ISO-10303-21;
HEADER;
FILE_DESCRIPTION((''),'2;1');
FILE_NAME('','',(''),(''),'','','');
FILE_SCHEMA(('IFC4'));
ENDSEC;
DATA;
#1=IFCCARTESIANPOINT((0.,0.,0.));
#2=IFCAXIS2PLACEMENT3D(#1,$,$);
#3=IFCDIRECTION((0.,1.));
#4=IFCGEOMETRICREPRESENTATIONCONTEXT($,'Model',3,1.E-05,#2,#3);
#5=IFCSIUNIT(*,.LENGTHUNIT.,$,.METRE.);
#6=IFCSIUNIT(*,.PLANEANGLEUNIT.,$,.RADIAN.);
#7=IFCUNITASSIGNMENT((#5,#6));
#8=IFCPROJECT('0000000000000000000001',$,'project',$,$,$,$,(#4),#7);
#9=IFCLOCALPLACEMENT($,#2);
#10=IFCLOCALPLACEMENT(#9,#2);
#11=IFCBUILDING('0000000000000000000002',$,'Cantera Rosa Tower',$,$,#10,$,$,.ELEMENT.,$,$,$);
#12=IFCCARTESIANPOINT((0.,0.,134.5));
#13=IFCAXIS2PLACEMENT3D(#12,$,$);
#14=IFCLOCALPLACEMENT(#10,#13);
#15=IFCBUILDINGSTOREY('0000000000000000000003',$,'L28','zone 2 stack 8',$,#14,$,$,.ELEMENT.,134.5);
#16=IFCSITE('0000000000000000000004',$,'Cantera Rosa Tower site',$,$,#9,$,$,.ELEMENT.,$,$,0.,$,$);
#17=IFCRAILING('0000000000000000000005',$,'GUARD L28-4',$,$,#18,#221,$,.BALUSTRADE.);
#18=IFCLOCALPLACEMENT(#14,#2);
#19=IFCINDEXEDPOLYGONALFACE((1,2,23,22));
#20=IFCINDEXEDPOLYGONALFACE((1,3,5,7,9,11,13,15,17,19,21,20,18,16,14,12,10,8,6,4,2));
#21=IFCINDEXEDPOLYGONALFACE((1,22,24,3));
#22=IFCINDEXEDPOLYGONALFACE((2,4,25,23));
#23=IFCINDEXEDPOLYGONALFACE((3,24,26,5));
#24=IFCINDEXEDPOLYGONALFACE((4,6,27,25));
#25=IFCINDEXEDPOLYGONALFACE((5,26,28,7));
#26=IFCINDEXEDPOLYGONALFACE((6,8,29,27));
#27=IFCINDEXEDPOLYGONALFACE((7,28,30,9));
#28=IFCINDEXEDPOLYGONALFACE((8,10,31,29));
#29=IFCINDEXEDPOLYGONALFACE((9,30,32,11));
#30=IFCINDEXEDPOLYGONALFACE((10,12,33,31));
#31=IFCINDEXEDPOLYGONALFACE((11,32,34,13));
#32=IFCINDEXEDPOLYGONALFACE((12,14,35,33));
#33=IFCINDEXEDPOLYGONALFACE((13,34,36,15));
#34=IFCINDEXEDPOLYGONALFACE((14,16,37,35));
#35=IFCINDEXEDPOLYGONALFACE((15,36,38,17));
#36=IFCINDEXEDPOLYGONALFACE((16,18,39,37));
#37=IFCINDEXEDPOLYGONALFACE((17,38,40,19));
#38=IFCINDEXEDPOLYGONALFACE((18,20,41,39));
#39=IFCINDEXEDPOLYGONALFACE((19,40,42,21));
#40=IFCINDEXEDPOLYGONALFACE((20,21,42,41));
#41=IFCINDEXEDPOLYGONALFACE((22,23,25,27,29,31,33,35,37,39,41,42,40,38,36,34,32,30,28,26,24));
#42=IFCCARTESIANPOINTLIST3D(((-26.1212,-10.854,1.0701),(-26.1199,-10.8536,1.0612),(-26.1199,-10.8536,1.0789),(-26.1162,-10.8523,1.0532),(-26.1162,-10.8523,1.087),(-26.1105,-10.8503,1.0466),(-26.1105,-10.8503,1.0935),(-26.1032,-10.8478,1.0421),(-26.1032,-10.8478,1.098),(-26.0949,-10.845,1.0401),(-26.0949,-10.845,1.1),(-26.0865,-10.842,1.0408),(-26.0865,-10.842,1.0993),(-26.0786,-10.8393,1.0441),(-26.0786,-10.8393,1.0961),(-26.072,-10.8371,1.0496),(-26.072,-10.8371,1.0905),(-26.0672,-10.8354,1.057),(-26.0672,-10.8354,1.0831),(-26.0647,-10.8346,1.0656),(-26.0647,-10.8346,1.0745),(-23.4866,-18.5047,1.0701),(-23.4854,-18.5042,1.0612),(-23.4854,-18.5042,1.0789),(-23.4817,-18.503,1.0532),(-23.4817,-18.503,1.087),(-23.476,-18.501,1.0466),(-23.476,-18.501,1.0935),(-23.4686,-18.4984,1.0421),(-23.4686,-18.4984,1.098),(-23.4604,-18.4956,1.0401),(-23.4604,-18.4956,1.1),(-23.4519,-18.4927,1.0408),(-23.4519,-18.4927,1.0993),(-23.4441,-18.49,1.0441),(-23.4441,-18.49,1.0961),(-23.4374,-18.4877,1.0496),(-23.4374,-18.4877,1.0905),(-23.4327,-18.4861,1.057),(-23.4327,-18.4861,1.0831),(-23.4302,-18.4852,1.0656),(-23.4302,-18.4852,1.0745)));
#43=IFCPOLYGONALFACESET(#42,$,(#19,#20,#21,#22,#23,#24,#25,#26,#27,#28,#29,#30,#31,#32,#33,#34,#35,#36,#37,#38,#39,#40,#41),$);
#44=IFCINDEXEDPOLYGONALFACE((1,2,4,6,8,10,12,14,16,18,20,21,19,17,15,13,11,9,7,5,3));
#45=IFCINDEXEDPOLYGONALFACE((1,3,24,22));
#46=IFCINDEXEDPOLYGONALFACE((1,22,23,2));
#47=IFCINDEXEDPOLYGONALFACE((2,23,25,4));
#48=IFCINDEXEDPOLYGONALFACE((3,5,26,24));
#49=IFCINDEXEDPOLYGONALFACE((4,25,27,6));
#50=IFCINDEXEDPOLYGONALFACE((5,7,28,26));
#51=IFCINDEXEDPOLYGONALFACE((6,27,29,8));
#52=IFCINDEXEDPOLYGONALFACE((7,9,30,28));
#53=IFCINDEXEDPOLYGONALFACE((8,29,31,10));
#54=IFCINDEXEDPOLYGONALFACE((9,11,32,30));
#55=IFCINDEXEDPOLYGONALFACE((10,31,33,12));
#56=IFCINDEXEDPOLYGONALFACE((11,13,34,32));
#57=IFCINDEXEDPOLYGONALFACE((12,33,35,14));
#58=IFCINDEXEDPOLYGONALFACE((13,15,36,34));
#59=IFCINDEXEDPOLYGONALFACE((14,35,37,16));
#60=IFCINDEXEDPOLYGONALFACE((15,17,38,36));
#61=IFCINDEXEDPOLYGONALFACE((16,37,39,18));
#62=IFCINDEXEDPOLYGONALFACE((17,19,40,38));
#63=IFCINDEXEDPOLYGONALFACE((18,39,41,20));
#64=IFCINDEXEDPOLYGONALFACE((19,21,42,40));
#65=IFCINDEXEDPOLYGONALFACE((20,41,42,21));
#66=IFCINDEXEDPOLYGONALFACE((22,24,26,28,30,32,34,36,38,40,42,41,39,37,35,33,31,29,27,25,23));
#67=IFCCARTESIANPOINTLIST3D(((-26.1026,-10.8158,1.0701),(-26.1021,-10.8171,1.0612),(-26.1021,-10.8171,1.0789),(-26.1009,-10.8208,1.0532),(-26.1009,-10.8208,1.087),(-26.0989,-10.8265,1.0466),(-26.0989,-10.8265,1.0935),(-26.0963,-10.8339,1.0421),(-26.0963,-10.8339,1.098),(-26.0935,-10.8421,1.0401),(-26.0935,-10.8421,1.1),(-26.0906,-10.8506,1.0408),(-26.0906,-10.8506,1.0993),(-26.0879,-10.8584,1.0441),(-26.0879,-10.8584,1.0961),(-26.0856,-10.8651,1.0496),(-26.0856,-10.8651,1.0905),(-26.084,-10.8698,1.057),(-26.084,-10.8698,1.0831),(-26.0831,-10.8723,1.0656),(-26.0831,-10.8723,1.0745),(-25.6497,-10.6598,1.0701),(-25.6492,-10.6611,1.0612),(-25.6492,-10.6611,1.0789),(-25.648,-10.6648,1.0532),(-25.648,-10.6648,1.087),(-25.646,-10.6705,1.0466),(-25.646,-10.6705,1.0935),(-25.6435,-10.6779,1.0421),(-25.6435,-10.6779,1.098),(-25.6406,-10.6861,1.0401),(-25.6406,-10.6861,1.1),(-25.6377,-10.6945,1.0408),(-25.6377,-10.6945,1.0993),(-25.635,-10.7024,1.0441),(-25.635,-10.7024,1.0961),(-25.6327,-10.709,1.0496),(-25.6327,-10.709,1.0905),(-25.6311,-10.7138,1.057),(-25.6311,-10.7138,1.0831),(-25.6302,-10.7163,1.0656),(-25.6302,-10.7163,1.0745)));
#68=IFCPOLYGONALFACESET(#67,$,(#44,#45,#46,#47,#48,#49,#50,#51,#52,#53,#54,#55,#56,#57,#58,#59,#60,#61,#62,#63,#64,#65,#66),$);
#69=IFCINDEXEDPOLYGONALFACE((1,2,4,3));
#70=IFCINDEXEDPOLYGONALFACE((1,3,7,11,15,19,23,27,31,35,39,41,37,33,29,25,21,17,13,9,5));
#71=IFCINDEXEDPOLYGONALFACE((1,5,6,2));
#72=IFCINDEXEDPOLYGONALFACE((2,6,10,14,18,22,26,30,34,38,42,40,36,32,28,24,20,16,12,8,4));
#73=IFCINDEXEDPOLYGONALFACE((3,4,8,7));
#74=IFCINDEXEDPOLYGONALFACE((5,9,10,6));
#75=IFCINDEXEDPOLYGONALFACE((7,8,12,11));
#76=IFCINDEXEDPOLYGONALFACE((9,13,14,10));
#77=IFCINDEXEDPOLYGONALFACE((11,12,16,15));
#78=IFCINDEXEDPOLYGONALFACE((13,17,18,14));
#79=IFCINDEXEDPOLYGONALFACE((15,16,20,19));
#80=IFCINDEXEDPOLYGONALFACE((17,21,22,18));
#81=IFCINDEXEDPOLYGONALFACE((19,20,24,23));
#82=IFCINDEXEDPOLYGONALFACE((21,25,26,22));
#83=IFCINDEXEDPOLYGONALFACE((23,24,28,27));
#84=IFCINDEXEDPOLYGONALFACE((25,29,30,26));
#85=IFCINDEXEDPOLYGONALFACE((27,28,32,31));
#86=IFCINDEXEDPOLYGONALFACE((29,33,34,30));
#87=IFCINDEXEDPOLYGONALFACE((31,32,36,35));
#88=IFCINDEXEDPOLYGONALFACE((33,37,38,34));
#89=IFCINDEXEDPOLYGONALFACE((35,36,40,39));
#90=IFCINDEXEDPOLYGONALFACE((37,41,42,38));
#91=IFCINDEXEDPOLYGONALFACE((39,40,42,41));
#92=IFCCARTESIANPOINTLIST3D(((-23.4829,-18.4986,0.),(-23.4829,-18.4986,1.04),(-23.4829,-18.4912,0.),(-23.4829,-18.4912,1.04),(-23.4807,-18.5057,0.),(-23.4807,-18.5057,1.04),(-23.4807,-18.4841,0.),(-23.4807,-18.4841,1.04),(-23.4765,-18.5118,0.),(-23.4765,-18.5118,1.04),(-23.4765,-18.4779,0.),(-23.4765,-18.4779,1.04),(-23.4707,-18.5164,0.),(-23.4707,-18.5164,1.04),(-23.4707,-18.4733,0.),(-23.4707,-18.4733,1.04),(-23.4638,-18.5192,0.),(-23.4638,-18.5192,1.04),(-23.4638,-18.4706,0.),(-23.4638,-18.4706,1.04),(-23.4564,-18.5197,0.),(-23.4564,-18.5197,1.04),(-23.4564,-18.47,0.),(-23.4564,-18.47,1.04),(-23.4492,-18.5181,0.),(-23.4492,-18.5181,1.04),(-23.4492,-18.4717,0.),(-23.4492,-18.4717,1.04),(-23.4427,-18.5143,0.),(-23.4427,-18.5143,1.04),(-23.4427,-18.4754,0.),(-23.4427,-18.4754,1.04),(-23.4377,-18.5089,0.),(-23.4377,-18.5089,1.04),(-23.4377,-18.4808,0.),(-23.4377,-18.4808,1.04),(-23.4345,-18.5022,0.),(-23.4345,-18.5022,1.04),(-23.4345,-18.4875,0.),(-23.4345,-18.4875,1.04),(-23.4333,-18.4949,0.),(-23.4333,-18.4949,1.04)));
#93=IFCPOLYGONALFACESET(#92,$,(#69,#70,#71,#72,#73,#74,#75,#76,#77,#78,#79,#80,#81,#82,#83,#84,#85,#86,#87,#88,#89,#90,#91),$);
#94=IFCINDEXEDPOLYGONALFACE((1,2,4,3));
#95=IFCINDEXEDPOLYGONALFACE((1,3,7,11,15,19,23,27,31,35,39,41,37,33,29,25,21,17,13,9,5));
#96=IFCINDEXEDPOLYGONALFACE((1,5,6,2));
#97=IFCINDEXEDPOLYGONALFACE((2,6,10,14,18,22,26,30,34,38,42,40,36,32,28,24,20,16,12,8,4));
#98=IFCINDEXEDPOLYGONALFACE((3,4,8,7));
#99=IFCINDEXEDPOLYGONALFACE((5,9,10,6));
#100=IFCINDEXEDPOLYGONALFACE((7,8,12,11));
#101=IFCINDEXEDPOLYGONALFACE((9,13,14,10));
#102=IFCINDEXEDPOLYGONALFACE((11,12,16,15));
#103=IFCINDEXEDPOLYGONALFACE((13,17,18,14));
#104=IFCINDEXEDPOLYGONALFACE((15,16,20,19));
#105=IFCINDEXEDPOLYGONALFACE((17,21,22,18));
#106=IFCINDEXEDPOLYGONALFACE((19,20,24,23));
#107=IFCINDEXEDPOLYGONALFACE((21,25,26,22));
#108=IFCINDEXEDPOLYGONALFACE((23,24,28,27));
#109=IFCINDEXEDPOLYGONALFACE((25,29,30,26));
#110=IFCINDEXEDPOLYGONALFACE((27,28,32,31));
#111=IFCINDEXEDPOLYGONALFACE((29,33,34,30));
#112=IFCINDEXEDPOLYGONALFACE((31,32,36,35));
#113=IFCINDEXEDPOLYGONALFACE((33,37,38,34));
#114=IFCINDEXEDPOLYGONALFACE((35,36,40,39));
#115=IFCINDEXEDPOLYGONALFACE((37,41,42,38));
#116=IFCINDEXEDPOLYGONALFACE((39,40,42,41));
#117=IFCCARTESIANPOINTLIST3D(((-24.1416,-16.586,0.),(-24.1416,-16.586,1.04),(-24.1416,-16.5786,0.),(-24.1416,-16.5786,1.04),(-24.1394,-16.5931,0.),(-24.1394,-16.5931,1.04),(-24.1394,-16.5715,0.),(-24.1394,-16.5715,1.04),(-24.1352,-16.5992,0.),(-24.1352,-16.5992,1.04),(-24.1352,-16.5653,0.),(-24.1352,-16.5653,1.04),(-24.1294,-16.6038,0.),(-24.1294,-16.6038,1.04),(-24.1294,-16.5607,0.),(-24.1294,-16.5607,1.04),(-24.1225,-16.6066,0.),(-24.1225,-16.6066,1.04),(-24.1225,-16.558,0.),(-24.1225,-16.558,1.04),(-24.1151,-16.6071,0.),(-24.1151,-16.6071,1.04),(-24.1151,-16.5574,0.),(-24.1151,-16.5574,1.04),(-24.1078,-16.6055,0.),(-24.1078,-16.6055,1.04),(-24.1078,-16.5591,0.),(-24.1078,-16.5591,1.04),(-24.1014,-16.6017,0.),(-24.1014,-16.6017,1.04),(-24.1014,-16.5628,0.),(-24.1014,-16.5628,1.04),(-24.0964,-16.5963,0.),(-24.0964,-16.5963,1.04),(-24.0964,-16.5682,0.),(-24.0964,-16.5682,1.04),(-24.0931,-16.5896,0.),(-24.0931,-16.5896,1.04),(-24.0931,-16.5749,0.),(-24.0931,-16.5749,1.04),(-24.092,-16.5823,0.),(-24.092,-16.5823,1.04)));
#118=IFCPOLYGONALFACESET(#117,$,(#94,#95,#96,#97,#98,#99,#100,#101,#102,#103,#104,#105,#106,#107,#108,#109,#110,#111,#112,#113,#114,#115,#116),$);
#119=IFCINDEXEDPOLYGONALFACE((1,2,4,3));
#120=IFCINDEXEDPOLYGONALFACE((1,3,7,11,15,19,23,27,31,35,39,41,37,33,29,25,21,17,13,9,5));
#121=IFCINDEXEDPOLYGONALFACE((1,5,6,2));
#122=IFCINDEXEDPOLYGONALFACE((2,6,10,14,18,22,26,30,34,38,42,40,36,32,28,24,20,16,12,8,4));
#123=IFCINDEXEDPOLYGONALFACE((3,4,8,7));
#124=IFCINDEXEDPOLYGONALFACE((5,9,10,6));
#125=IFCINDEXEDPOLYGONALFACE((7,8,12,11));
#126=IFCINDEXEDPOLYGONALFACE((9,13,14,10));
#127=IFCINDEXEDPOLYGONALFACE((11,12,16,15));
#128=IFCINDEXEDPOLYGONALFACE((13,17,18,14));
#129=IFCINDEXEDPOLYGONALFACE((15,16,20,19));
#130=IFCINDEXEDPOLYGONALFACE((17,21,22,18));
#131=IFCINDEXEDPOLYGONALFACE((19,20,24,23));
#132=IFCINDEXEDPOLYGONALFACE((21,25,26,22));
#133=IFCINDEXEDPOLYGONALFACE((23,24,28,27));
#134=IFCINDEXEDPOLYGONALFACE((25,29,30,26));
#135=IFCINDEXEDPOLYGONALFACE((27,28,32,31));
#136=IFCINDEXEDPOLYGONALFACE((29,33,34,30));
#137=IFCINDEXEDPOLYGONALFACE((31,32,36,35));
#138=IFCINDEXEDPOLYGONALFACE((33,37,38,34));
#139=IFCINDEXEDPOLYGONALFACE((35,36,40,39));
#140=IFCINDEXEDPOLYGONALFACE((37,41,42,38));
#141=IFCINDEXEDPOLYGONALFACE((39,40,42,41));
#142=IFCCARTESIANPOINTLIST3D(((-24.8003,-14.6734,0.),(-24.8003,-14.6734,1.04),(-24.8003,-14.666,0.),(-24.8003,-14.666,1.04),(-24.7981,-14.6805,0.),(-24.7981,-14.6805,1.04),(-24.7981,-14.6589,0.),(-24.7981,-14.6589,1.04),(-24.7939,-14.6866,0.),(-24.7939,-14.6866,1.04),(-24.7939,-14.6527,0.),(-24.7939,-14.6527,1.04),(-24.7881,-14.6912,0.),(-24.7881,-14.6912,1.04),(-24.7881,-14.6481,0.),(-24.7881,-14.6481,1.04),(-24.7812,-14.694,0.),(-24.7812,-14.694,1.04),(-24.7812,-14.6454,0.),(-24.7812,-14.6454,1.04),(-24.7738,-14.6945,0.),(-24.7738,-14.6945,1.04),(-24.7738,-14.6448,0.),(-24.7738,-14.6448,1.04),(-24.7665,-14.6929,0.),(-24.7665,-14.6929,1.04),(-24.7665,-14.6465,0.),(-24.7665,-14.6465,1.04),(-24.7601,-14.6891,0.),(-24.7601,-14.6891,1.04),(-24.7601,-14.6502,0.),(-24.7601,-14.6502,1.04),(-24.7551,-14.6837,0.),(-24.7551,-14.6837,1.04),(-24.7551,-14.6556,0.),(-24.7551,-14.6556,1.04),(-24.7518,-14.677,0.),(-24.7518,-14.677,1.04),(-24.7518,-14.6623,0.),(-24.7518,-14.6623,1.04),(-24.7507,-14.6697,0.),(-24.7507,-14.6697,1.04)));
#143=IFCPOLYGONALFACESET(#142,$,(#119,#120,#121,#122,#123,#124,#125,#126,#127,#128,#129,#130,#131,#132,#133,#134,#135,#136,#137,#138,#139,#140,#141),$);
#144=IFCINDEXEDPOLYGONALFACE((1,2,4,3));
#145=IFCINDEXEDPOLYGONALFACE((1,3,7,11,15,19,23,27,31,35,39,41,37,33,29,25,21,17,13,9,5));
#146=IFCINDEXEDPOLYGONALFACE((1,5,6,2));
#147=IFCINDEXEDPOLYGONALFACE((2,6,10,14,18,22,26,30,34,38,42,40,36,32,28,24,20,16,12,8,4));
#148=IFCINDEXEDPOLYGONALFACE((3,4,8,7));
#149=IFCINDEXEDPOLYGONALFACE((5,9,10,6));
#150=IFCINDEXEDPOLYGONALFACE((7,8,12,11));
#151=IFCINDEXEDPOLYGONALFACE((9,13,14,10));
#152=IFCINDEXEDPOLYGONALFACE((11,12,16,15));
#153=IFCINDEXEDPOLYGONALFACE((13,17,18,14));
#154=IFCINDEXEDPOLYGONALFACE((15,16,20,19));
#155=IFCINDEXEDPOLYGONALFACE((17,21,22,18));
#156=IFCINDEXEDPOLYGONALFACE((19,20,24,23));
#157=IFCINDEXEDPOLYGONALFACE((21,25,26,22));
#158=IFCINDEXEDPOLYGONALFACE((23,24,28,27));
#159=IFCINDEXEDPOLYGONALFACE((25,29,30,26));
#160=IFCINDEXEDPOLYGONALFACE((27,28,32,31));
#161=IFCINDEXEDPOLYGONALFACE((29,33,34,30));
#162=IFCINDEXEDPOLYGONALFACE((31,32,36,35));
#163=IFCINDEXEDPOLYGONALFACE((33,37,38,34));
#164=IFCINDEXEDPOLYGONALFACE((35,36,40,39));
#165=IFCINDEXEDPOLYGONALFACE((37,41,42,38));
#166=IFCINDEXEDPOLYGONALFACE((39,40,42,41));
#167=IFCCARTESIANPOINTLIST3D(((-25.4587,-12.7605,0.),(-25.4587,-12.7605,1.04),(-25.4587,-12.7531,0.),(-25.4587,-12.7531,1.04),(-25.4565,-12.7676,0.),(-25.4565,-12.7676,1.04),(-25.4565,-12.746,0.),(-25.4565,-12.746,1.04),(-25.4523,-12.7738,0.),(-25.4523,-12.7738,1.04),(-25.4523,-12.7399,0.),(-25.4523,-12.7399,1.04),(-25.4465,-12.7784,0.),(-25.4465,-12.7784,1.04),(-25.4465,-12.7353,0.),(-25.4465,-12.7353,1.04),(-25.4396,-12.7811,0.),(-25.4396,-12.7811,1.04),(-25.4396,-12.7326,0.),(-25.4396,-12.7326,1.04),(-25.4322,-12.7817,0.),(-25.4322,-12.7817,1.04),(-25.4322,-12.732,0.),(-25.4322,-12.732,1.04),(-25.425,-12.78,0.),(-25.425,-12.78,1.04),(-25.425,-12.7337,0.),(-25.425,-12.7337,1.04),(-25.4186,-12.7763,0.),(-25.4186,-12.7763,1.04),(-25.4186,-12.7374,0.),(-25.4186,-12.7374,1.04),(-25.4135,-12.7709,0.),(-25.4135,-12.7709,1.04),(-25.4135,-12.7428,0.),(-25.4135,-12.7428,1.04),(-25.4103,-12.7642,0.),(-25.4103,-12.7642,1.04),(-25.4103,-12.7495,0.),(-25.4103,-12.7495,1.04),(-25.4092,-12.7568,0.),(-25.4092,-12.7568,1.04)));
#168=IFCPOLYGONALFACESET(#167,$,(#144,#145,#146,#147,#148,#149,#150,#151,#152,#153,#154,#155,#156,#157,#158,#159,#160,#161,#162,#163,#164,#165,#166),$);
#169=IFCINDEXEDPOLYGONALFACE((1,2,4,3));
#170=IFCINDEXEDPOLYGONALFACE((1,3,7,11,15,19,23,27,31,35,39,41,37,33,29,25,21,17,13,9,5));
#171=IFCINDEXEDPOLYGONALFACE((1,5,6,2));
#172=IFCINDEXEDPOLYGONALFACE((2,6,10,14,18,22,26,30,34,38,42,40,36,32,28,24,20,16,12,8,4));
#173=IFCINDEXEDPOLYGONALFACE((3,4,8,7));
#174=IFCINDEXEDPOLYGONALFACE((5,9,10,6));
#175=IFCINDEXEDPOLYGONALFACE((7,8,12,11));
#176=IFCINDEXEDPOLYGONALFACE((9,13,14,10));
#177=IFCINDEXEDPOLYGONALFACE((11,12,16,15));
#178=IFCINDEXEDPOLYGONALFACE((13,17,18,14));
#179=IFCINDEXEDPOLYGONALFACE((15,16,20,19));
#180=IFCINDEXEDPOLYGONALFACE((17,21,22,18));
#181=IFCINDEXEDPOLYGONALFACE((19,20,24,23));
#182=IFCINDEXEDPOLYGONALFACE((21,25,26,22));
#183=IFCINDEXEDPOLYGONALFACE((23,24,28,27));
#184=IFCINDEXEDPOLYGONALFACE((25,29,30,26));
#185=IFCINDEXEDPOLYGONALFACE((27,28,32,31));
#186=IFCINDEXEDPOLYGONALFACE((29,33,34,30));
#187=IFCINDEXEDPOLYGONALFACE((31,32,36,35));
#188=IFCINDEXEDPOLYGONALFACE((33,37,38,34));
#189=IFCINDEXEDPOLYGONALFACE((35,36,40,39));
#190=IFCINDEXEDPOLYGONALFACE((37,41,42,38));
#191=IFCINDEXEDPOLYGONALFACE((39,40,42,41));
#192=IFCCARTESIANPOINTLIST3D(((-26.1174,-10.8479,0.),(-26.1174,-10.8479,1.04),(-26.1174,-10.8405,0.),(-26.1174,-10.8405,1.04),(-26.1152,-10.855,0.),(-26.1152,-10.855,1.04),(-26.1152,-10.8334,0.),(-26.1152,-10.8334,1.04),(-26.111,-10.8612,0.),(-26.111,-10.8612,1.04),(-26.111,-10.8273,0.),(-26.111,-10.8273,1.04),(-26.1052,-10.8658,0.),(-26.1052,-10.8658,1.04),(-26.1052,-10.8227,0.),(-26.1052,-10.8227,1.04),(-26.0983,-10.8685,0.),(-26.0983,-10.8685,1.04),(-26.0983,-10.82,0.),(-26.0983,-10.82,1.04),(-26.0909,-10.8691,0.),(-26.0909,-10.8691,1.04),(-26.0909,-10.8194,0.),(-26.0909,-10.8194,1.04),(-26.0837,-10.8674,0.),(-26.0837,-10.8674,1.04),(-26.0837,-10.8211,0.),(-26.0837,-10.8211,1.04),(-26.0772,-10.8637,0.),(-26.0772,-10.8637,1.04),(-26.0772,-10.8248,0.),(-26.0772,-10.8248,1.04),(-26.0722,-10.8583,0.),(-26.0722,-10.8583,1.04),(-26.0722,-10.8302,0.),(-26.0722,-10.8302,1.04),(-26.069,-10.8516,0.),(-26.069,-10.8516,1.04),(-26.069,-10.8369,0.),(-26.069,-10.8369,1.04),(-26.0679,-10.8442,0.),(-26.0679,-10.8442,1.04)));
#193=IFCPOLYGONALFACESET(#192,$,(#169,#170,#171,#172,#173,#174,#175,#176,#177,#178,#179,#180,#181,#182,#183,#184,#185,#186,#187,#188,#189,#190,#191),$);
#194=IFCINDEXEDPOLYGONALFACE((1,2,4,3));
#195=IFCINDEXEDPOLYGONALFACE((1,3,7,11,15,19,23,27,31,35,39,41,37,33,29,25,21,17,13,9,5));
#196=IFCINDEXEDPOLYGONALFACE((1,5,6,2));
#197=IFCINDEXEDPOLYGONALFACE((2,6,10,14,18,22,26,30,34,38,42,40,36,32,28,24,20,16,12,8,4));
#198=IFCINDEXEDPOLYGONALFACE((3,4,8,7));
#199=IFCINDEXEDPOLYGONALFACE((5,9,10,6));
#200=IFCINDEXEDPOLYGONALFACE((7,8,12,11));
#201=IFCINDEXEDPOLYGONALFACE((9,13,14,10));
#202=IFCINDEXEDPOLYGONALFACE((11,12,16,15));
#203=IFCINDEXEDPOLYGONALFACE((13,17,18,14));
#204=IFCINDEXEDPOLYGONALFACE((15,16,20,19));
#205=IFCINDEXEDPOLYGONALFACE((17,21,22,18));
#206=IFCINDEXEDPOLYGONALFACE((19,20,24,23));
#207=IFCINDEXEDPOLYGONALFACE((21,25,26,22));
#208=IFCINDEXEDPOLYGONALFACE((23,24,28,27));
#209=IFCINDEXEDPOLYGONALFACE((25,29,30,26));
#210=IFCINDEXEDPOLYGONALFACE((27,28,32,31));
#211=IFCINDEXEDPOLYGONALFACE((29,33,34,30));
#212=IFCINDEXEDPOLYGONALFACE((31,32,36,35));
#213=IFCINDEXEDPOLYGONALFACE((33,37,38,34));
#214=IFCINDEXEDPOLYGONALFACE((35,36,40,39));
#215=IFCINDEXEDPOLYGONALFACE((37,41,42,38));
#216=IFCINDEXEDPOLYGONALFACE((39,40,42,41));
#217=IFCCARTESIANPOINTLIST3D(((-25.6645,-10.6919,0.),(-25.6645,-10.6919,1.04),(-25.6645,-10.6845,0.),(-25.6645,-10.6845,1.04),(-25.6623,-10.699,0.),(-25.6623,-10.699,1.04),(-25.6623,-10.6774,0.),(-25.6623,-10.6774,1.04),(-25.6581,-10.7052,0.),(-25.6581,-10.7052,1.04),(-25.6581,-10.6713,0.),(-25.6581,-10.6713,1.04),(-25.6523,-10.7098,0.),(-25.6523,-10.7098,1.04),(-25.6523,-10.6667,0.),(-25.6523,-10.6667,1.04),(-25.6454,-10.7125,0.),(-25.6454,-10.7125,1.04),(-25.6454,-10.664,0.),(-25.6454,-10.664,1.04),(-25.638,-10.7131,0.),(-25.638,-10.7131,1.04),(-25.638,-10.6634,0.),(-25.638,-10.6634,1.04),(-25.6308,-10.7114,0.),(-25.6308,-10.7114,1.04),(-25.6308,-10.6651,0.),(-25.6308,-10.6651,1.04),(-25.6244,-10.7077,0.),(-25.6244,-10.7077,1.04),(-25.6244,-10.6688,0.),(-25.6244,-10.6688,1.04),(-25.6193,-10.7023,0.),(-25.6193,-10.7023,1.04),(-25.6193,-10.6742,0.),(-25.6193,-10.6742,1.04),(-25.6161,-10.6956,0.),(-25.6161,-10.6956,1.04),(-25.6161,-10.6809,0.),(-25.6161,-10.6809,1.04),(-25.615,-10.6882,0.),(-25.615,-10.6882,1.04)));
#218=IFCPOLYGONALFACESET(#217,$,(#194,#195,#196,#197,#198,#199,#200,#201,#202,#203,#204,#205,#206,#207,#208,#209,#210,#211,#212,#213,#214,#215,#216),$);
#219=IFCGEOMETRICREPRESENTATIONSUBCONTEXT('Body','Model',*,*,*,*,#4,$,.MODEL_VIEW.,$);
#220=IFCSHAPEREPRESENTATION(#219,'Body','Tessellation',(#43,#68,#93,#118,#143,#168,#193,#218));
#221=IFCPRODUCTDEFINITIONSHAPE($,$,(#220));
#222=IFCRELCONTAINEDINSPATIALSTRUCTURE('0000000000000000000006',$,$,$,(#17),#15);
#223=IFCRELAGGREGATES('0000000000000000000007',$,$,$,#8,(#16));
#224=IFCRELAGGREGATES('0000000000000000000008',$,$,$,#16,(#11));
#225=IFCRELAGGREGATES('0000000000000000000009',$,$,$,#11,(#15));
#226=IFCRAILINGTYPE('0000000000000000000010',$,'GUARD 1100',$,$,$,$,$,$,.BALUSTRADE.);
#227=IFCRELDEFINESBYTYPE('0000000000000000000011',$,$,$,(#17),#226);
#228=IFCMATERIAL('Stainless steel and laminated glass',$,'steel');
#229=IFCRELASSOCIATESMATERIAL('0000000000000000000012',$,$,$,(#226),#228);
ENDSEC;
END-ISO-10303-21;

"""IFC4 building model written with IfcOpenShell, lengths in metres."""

from ifc_helpers import new_model, si_unit, direction, frame, origin, origin_2d, place, context, subcontext, project, spatial, circle, extrude, material, type_object, element, save


model = new_model("IFC4")

# Units and contexts
model_context = context("Model", 3, precision=1e-05, world=origin(), true_north=direction((0.0, 1.0)))
body_context = subcontext(model_context, "Body", "Model", "MODEL_VIEW")
ifc_project = project(units=[si_unit("LENGTHUNIT", "METRE"), si_unit("PLANEANGLEUNIT", "RADIAN")], contexts=[model_context])

# Site, building, storey
site_placement = place(None, origin())
site = spatial("IfcSite", under=ifc_project, at=site_placement, Name="Cantera Rosa Tower site", CompositionType="ELEMENT", RefElevation=0.0)
building_placement = place(site_placement, origin())
building = spatial("IfcBuilding", under=site, at=building_placement, Name="Cantera Rosa Tower", CompositionType="ELEMENT")
storey_placement = place(building_placement, frame((0.0, 0.0, 134.5)))
storey = spatial("IfcBuildingStorey", under=building, at=storey_placement, Name="L28", Description="zone 2 stack 8", CompositionType="ELEMENT", Elevation=134.5)

# Railing
ifc_material_1 = material(Name="Stainless steel and laminated glass", Category="steel")
railing_type = type_object("IfcRailingType", Name="GUARD 1100", PredefinedType="BALUSTRADE", material=ifc_material_1)
railing_1_placement = place(storey_placement, frame((-23.4583, -18.4949, 0.0)))
element("IfcRailing", 1, at=railing_1_placement, inside=storey, type_object=railing_type, Name="GUARD L28-4", PredefinedType="BALUSTRADE", context=body_context, shape_type="SweptSolid", body=[
    extrude(circle(Radius=0.03, at=origin_2d()), frame((0.0, 0.0, 1.0701), z_axis=(-0.32559, 0.945511, 0.0), x_axis=(-0.945511, -0.32559, 0.0)), (0.0, 0.0, 1.0), 8.0916),
    extrude(circle(Radius=0.03, at=origin_2d()), frame((-2.6345, 7.6506, 1.0701), z_axis=(0.945476, 0.325692, 0.0), x_axis=(-0.325692, 0.945476, 0.0)), (0.0, 0.0, 1.0), 0.479),
    extrude(circle(Radius=0.0249, at=origin_2d()), origin(), (0.0, 0.0, 1.0), 1.04),
    extrude(circle(Radius=0.0249, at=origin_2d()), frame((-0.6587, 1.9126, 0.0)), (0.0, 0.0, 1.0), 1.04),
    extrude(circle(Radius=0.0249, at=origin_2d()), frame((-1.3174, 3.8252, 0.0)), (0.0, 0.0, 1.0), 1.04),
    extrude(circle(Radius=0.0249, at=origin_2d()), frame((-1.9758, 5.738, 0.0)), (0.0, 0.0, 1.0), 1.04),
    extrude(circle(Radius=0.0249, at=origin_2d()), frame((-2.6345, 7.6506, 0.0)), (0.0, 0.0, 1.0), 1.04),
    extrude(circle(Radius=0.0249, at=origin_2d()), frame((-2.1816, 7.8066, 0.0)), (0.0, 0.0, 1.0), 1.04),
])

save(model, "model.ifc")
